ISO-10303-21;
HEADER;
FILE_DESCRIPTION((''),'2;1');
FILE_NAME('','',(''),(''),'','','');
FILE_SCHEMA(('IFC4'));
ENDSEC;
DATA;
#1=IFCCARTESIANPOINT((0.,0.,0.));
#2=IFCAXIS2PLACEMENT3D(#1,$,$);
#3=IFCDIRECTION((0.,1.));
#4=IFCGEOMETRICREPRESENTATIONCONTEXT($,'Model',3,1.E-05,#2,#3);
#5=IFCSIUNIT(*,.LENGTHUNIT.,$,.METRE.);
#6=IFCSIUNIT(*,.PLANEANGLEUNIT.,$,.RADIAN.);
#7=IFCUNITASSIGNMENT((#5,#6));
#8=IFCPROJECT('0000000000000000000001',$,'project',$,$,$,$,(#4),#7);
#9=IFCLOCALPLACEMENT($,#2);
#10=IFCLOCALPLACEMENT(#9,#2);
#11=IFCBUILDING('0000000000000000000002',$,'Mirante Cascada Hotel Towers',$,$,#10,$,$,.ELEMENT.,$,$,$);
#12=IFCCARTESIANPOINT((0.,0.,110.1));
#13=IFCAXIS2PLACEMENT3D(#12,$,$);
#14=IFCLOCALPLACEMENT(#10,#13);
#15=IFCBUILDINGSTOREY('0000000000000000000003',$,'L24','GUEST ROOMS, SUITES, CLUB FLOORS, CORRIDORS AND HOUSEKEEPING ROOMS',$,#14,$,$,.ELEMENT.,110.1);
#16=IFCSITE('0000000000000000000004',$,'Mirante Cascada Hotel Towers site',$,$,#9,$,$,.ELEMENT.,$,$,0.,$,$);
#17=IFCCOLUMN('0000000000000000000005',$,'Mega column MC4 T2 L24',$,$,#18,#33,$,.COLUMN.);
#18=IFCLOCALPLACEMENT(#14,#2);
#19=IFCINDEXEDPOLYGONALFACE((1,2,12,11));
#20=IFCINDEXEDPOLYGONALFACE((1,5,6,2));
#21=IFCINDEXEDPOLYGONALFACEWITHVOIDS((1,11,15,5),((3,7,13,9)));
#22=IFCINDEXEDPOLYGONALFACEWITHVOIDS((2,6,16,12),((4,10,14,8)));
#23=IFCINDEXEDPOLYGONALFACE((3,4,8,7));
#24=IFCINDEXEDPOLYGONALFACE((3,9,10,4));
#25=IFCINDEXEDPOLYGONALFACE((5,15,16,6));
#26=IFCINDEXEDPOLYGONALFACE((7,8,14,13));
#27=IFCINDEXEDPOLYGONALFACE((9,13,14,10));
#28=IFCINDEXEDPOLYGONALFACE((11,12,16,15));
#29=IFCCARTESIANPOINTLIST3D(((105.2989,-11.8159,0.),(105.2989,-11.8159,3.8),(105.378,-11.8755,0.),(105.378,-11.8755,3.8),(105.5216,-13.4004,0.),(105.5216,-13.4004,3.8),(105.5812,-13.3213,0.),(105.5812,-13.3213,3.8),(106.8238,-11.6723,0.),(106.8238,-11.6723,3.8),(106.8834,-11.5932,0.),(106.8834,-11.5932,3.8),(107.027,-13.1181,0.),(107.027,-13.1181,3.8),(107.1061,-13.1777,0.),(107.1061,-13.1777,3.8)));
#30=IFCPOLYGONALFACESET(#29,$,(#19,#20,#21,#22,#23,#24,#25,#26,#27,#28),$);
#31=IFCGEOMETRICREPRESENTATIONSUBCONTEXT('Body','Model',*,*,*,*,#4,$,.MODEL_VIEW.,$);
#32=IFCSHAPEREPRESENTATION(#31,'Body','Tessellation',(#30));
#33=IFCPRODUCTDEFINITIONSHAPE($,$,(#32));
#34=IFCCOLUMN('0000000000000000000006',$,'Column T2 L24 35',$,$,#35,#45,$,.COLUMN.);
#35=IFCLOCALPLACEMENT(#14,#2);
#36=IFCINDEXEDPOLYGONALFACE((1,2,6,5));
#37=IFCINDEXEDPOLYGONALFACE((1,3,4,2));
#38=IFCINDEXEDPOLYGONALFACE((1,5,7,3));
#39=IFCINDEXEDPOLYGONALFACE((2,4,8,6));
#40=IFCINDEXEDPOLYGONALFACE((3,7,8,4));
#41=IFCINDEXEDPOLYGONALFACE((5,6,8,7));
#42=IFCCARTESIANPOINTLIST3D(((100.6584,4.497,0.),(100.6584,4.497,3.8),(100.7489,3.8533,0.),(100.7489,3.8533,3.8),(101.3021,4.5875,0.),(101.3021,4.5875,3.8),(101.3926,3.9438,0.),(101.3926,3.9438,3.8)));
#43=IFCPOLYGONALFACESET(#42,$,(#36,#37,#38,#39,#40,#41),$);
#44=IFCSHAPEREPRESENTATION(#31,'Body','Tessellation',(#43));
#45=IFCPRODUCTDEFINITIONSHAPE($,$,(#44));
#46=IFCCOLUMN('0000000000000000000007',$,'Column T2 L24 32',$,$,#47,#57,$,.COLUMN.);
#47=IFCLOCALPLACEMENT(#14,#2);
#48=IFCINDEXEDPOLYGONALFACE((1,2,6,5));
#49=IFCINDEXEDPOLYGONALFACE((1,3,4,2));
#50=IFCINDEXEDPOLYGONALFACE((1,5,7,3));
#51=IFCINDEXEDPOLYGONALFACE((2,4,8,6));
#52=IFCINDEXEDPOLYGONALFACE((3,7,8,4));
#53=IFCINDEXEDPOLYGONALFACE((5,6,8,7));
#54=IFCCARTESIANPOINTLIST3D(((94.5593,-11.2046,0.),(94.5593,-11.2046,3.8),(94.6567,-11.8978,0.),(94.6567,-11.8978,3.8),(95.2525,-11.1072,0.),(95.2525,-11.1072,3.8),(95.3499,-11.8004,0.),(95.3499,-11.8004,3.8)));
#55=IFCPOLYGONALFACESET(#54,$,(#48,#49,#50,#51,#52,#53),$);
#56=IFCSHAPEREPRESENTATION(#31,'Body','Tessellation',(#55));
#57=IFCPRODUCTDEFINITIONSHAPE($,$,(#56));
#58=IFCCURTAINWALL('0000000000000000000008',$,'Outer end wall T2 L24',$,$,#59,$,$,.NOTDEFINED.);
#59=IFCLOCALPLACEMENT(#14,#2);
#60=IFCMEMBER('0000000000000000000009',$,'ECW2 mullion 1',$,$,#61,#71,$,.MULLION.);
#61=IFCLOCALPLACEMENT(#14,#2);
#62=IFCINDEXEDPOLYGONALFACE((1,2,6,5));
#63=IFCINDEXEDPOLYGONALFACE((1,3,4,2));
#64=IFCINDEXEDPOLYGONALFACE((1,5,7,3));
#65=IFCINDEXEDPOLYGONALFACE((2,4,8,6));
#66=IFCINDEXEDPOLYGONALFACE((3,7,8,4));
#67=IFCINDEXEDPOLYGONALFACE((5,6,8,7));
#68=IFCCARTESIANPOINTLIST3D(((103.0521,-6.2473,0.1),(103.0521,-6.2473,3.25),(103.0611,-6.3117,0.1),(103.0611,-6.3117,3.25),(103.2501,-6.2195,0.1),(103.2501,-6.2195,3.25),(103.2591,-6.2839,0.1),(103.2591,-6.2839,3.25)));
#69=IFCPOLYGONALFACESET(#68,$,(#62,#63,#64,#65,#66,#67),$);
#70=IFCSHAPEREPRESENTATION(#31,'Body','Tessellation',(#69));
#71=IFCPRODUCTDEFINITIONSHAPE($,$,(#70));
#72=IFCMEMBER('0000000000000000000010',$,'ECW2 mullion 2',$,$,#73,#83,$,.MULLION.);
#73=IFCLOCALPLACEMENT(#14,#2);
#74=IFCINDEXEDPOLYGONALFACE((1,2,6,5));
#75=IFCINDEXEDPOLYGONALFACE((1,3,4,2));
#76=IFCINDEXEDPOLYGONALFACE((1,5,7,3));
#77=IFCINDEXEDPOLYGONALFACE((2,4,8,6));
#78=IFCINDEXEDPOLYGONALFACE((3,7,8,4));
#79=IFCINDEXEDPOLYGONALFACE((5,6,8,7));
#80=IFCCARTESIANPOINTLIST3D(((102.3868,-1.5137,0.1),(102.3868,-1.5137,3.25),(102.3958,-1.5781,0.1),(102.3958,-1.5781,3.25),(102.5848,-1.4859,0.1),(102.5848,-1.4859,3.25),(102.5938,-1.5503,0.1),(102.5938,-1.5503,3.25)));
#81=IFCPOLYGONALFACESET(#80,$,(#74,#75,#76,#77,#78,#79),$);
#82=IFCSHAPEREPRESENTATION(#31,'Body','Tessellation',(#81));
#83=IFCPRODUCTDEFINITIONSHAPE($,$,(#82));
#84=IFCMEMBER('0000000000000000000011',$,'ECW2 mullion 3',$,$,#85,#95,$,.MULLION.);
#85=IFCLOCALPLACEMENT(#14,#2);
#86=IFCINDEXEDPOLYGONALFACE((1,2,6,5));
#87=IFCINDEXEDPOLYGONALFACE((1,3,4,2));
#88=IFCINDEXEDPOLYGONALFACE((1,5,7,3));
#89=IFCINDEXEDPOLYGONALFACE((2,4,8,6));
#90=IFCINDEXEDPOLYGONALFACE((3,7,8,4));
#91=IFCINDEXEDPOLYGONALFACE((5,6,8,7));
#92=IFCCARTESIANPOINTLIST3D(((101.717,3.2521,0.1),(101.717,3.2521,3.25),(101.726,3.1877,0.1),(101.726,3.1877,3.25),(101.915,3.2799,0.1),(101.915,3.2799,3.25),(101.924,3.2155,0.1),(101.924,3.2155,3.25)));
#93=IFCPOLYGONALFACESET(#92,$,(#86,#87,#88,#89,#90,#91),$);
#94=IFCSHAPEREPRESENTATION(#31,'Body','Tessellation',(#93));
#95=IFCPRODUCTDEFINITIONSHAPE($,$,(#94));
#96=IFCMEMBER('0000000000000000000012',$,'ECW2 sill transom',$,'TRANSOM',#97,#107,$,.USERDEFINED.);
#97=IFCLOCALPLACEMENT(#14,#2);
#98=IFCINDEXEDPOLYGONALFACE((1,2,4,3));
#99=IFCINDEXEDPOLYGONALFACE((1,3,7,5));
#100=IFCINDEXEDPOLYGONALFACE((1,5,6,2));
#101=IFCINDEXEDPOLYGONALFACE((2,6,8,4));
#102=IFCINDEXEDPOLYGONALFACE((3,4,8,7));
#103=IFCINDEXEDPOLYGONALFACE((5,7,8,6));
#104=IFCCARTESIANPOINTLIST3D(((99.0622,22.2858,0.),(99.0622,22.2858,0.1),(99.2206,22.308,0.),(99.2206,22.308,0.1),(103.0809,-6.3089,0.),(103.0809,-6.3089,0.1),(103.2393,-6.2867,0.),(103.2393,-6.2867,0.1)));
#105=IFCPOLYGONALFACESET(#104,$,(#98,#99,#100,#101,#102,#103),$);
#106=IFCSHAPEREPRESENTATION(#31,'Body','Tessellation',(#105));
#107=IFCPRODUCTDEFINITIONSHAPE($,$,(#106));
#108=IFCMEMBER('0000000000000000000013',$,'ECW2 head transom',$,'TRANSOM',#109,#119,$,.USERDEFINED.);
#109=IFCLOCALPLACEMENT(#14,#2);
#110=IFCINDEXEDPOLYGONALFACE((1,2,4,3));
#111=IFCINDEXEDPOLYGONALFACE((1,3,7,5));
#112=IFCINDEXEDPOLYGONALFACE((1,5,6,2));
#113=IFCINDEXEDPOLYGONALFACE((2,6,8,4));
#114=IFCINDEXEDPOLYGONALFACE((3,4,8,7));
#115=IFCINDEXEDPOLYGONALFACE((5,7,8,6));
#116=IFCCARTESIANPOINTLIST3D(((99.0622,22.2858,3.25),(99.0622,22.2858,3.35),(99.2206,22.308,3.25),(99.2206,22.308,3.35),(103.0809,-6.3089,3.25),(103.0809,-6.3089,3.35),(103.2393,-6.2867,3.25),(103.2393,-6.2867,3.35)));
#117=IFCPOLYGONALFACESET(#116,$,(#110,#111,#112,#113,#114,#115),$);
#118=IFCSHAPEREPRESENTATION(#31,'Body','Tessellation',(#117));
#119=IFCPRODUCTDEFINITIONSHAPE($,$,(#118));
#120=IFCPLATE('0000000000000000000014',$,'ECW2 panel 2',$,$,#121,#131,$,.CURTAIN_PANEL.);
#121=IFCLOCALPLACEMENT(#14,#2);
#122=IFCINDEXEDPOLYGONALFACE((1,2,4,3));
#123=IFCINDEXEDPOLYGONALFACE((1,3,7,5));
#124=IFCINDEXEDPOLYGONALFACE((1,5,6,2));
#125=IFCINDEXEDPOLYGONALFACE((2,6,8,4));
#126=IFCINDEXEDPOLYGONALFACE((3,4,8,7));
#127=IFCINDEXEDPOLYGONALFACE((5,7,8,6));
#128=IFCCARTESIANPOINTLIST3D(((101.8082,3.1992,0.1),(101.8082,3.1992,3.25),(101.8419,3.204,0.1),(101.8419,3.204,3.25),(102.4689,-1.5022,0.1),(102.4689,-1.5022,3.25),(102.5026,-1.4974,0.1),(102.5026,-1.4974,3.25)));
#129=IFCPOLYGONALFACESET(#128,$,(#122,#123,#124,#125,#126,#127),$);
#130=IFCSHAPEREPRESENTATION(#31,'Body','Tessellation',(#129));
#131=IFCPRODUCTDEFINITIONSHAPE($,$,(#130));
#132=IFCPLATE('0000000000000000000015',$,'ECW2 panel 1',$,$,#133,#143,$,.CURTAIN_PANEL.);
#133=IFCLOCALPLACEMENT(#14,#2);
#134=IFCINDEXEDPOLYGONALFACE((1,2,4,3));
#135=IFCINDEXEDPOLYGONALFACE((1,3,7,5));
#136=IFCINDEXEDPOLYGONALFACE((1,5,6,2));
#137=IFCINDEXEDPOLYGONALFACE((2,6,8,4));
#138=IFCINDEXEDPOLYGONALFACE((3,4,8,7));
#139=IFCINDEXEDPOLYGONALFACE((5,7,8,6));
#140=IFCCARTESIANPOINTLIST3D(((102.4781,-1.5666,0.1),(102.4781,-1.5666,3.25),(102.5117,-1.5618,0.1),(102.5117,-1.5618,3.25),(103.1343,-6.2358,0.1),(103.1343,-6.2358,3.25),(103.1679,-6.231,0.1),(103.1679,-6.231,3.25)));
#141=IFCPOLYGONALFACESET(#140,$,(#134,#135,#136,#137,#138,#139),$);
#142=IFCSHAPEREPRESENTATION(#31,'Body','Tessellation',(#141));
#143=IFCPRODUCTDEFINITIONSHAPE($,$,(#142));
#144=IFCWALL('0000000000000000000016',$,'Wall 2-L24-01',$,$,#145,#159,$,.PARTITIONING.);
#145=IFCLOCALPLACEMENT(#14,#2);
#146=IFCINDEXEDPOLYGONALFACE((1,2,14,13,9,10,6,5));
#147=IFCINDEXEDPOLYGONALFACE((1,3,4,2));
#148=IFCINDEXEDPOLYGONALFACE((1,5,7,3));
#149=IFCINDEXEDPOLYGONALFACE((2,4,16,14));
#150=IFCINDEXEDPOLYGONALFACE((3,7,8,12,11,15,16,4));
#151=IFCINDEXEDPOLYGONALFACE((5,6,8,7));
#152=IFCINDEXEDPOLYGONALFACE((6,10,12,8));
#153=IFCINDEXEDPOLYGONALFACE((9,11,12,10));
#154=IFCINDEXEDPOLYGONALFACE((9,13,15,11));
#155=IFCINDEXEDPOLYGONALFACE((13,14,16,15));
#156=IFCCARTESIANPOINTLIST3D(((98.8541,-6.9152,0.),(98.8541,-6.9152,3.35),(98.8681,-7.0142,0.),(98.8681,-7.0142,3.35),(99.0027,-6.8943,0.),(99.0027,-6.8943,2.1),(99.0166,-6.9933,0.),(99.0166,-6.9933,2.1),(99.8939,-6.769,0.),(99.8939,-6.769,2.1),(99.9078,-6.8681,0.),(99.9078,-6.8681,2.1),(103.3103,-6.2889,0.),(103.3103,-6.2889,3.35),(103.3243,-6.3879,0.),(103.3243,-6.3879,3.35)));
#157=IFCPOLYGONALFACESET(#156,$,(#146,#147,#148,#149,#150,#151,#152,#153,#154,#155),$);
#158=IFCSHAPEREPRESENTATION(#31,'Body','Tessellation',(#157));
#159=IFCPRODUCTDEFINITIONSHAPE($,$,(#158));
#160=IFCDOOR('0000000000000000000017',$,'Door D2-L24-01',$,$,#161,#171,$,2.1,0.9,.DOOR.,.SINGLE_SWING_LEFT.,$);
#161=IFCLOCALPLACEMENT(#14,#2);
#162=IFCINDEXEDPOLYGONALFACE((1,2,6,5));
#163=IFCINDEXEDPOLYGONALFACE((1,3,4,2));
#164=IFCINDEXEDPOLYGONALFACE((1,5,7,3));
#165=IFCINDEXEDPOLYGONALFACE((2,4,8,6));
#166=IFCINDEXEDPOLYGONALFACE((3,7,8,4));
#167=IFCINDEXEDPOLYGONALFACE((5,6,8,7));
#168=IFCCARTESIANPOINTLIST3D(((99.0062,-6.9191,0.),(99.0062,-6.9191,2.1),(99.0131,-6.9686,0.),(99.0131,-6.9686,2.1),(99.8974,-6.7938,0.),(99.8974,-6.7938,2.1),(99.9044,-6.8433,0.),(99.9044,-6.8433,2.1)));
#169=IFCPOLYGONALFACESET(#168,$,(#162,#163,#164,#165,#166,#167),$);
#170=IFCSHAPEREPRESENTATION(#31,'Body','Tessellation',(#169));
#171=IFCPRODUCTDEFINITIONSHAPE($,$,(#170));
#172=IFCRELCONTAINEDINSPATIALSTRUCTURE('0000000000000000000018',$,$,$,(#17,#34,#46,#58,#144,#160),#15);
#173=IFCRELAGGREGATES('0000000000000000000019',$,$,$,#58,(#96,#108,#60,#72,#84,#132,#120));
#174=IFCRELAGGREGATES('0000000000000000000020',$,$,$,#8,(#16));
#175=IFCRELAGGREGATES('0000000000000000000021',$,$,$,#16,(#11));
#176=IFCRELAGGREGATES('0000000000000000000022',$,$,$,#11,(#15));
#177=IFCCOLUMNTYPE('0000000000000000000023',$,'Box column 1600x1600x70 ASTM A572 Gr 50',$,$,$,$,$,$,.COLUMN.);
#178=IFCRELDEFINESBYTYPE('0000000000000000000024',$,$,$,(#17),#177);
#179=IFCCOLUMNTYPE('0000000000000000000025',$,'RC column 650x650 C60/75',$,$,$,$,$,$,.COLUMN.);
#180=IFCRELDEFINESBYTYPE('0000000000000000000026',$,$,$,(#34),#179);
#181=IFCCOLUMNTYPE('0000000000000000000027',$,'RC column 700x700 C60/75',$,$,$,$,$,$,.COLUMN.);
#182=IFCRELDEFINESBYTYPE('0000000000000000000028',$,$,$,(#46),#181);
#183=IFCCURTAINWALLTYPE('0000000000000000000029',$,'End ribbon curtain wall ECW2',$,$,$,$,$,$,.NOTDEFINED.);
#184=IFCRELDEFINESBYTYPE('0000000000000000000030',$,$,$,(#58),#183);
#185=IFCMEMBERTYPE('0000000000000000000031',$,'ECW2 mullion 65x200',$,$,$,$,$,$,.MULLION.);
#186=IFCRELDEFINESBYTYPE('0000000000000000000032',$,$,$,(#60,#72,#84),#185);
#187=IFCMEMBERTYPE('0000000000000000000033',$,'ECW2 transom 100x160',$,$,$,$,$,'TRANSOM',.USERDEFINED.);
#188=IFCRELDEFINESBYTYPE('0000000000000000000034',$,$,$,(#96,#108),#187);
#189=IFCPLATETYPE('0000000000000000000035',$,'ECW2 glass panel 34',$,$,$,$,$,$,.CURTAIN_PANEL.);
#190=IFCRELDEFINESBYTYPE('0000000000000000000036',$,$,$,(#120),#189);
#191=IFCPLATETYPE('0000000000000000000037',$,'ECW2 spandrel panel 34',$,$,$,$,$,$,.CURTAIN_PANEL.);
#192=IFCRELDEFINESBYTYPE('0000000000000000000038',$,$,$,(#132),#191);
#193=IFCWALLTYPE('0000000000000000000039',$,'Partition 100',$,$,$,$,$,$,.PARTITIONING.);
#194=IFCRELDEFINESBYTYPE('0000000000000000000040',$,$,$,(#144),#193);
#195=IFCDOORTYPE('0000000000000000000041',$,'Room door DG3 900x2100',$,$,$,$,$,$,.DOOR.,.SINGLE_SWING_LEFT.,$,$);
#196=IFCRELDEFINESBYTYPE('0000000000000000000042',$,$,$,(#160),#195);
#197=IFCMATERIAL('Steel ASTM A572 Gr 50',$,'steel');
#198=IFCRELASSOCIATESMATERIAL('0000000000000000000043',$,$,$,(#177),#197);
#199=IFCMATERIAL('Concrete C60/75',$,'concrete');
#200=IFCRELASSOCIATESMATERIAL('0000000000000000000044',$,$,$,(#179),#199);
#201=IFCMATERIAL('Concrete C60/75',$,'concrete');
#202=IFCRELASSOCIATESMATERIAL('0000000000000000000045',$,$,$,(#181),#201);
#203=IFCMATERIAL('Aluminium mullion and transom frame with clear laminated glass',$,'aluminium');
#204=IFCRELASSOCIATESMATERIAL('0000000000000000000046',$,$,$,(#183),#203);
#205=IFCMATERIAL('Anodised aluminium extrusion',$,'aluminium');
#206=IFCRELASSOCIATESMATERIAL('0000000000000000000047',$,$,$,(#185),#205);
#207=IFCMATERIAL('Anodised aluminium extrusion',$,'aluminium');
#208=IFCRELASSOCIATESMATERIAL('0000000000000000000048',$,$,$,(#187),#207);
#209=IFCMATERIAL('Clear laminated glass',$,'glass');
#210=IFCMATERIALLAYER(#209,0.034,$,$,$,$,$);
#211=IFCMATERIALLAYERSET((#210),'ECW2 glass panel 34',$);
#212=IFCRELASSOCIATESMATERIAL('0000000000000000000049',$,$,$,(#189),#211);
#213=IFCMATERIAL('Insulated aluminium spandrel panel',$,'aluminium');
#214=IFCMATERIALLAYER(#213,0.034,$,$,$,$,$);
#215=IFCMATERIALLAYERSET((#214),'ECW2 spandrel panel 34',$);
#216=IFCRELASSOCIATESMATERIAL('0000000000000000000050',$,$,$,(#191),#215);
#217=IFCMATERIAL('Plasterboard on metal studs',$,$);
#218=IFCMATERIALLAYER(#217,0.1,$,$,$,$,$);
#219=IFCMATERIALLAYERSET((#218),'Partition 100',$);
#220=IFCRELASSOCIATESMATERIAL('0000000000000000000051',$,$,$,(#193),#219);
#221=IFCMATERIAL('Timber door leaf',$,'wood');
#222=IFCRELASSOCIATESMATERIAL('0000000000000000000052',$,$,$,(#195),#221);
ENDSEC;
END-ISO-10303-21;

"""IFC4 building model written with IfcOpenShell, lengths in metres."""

from ifc_helpers import new_model, si_unit, direction, frame, frame_2d, origin, origin_2d, place, context, subcontext, project, spatial, rectangle, hollow_rectangle, extrude, material, layer, layer_set, material_profile, profile_set, type_object, element, fill, aggregate, save


model = new_model("IFC4")

# Units and contexts
model_context = context("Model", 3, precision=1e-05, world=origin(), true_north=direction((0.0, 1.0)))
body_context = subcontext(model_context, "Body", "Model", "MODEL_VIEW")
ifc_project = project(units=[si_unit("LENGTHUNIT", "METRE"), si_unit("PLANEANGLEUNIT", "RADIAN")], contexts=[model_context])

# Site, building, storey
site_placement = place(None, origin())
site = spatial("IfcSite", under=ifc_project, at=site_placement, Name="Mirante Cascada Hotel Towers site", CompositionType="ELEMENT", RefElevation=0.0)
building_placement = place(site_placement, origin())
building = spatial("IfcBuilding", under=site, at=building_placement, Name="Mirante Cascada Hotel Towers", CompositionType="ELEMENT")
storey_placement = place(building_placement, frame((0.0, 0.0, 110.1)))
storey = spatial("IfcBuildingStorey", under=building, at=storey_placement, Name="L24", Description="GUEST ROOMS, SUITES, CLUB FLOORS, CORRIDORS AND HOUSEKEEPING ROOMS", CompositionType="ELEMENT", Elevation=110.1)

# Columns
ifc_material_1 = material(Name="Steel ASTM A572 Gr 50", Category="steel")
ifc_material_profile_1 = material_profile(ifc_material_1, hollow_rectangle(XDim=1.6, YDim=1.6, WallThickness=0.07, at=origin_2d()), Name="Box column 1600x1600x70 ASTM A572 Gr 50")
ifc_profile_set_1 = profile_set([ifc_material_profile_1], Name="Steel ASTM A572 Gr 50")
column_type_1 = type_object("IfcColumnType", Name="Box column 1600x1600x70 ASTM A572 Gr 50", PredefinedType="COLUMN", material=ifc_profile_set_1)
column_1_placement = place(storey_placement, frame((106.2025, -12.4968, 0.0), z_axis=(0.0, 0.0, 1.0), x_axis=(0.990268, 0.139173, 0.0)))
element("IfcColumn", 1, at=column_1_placement, inside=storey, type_object=column_type_1, Name="Mega column MC4 T2 L24", PredefinedType="COLUMN", context=body_context, shape_type="SweptSolid", body=[
    extrude(hollow_rectangle(XDim=1.6, YDim=1.6, WallThickness=0.07, at=origin_2d()), origin(), (0.0, 0.0, 1.0), 3.8),
])
ifc_material_2 = material(Name="Concrete C60/75", Category="concrete")
ifc_material_profile_2 = material_profile(ifc_material_2, rectangle(XDim=0.65, YDim=0.65, at=origin_2d()), Name="RC column 650x650 C60/75")
ifc_profile_set_2 = profile_set([ifc_material_profile_2], Name="Concrete C60/75")
column_type_2 = type_object("IfcColumnType", Name="RC column 650x650 C60/75", PredefinedType="COLUMN", material=ifc_profile_set_2)
column_2_placement = place(storey_placement, frame((101.0255, 4.2204, 0.0), z_axis=(0.0, 0.0, 1.0), x_axis=(0.990268, 0.139173, 0.0)))
element("IfcColumn", 2, at=column_2_placement, inside=storey, type_object=column_type_2, Name="Column T2 L24 35", PredefinedType="COLUMN", context=body_context, shape_type="SweptSolid", body=[
    extrude(rectangle(XDim=0.65, YDim=0.65, at=origin_2d()), origin(), (0.0, 0.0, 1.0), 3.8),
])
ifc_material_3 = material(Name="Concrete C60/75", Category="concrete")
ifc_material_profile_3 = material_profile(ifc_material_3, rectangle(XDim=0.7, YDim=0.7, at=origin_2d()), Name="RC column 700x700 C60/75")
ifc_profile_set_3 = profile_set([ifc_material_profile_3], Name="Concrete C60/75")
column_type_3 = type_object("IfcColumnType", Name="RC column 700x700 C60/75", PredefinedType="COLUMN", material=ifc_profile_set_3)
column_3_placement = place(storey_placement, frame((94.9546, -11.5025, 0.0), z_axis=(0.0, 0.0, 1.0), x_axis=(0.990268, 0.139173, 0.0)))
element("IfcColumn", 3, at=column_3_placement, inside=storey, type_object=column_type_3, Name="Column T2 L24 32", PredefinedType="COLUMN", context=body_context, shape_type="SweptSolid", body=[
    extrude(rectangle(XDim=0.7, YDim=0.7, at=origin_2d()), origin(), (0.0, 0.0, 1.0), 3.8),
])

# Curtain wall, members, plates
ifc_material_4 = material(Name="Aluminium mullion and transom frame with clear laminated glass", Category="aluminium")
curtain_wall_type = type_object("IfcCurtainWallType", Name="End ribbon curtain wall ECW2", PredefinedType="NOTDEFINED", material=ifc_material_4)
curtain_wall_placement = place(storey_placement, origin())
curtain_wall = element("IfcCurtainWall", 4, at=curtain_wall_placement, inside=storey, type_object=curtain_wall_type, Name="Outer end wall T2 L24", PredefinedType="NOTDEFINED")
ifc_material_5 = material(Name="Anodised aluminium extrusion", Category="aluminium")
ifc_material_profile_4 = material_profile(ifc_material_5, rectangle(XDim=0.2, YDim=0.065, at=origin_2d()), Name="ECW2 MULLION 65x200")
ifc_profile_set_4 = profile_set([ifc_material_profile_4], Name="Anodised aluminium extrusion")
member_type_1 = type_object("IfcMemberType", Name="ECW2 mullion 65x200", PredefinedType="MULLION", material=ifc_profile_set_4)
member_1_placement = place(storey_placement, frame((103.1556, -6.2656, 0.1), z_axis=(0.0, 0.0, 1.0), x_axis=(-0.990268, -0.139173, 0.0)))
member_1 = element("IfcMember", 5, at=member_1_placement, type_object=member_type_1, Name="ECW2 mullion 1", PredefinedType="MULLION", context=body_context, shape_type="SweptSolid", body=[
    extrude(rectangle(XDim=0.2, YDim=0.065, at=origin_2d()), origin(), (0.0, 0.0, 1.0), 3.15),
])
member_2_placement = place(storey_placement, frame((102.4903, -1.532, 0.1), z_axis=(0.0, 0.0, 1.0), x_axis=(-0.990268, -0.139173, 0.0)))
member_2 = element("IfcMember", 6, at=member_2_placement, type_object=member_type_1, Name="ECW2 mullion 2", PredefinedType="MULLION", context=body_context, shape_type="SweptSolid", body=[
    extrude(rectangle(XDim=0.2, YDim=0.065, at=origin_2d()), origin(), (0.0, 0.0, 1.0), 3.15),
])
member_3_placement = place(storey_placement, frame((101.8205, 3.2338, 0.1), z_axis=(0.0, 0.0, 1.0), x_axis=(-0.990268, -0.139173, 0.0)))
member_3 = element("IfcMember", 7, at=member_3_placement, type_object=member_type_1, Name="ECW2 mullion 3", PredefinedType="MULLION", context=body_context, shape_type="SweptSolid", body=[
    extrude(rectangle(XDim=0.2, YDim=0.065, at=origin_2d()), origin(), (0.0, 0.0, 1.0), 3.15),
])
ifc_material_6 = material(Name="Anodised aluminium extrusion", Category="aluminium")
ifc_material_profile_5 = material_profile(ifc_material_6, rectangle(XDim=0.16, YDim=0.1, at=origin_2d()), Name="ECW2 TRANSOM 100x160")
ifc_profile_set_5 = profile_set([ifc_material_profile_5], Name="Anodised aluminium extrusion")
member_type_2 = type_object("IfcMemberType", Name="ECW2 transom 100x160", ElementType="TRANSOM", PredefinedType="USERDEFINED", material=ifc_profile_set_5)
member_4_placement = place(storey_placement, frame((103.1601, -6.2978, 0.05), z_axis=(-0.139172, 0.990268, 0.0), x_axis=(-0.990268, -0.139172, 0.0)))
member_4 = element("IfcMember", 8, at=member_4_placement, type_object=member_type_2, Name="ECW2 sill transom", ObjectType="TRANSOM", PredefinedType="USERDEFINED", context=body_context, shape_type="SweptSolid", body=[
    extrude(rectangle(XDim=0.16, YDim=0.1, at=origin_2d()), origin(), (0.0, 0.0, 1.0), 28.8757),
])
member_5_placement = place(storey_placement, frame((103.1601, -6.2978, 3.3), z_axis=(-0.139172, 0.990268, 0.0), x_axis=(-0.990268, -0.139172, 0.0)))
member_5 = element("IfcMember", 9, at=member_5_placement, type_object=member_type_2, Name="ECW2 head transom", ObjectType="TRANSOM", PredefinedType="USERDEFINED", context=body_context, shape_type="SweptSolid", body=[
    extrude(rectangle(XDim=0.16, YDim=0.1, at=origin_2d()), origin(), (0.0, 0.0, 1.0), 28.8757),
])
ifc_material_7 = material(Name="Clear laminated glass", Category="glass")
ifc_layer_1 = layer(ifc_material_7, 0.034)
ifc_layer_set_1 = layer_set([ifc_layer_1], Name="ECW2 glass panel 34")
plate_type_1 = type_object("IfcPlateType", Name="ECW2 glass panel 34", PredefinedType="CURTAIN_PANEL", material=ifc_layer_set_1)
plate_1_placement = place(storey_placement, frame((102.1554, 0.8509, 0.1), z_axis=(0.0, 0.0, 1.0), x_axis=(-0.139173, 0.990268, 0.0)))
plate_1 = element("IfcPlate", 10, at=plate_1_placement, type_object=plate_type_1, Name="ECW2 panel 2", PredefinedType="CURTAIN_PANEL", context=body_context, shape_type="SweptSolid", body=[
    extrude(rectangle(XDim=4.7476, YDim=0.034, at=origin_2d()), origin(), (0.0, 0.0, 1.0), 3.15),
])
ifc_material_8 = material(Name="Insulated aluminium spandrel panel", Category="aluminium")
ifc_layer_2 = layer(ifc_material_8, 0.034)
ifc_layer_set_2 = layer_set([ifc_layer_2], Name="ECW2 spandrel panel 34")
plate_type_2 = type_object("IfcPlateType", Name="ECW2 spandrel panel 34", PredefinedType="CURTAIN_PANEL", material=ifc_layer_set_2)
plate_2_placement = place(storey_placement, frame((102.823, -3.8988, 0.1), z_axis=(0.0, 0.0, 1.0), x_axis=(-0.139173, 0.990268, 0.0)))
plate_2 = element("IfcPlate", 11, at=plate_2_placement, type_object=plate_type_2, Name="ECW2 panel 1", PredefinedType="CURTAIN_PANEL", context=body_context, shape_type="SweptSolid", body=[
    extrude(rectangle(XDim=4.7151, YDim=0.034, at=origin_2d()), origin(), (0.0, 0.0, 1.0), 3.15),
])
aggregate(curtain_wall, [member_4, member_5, member_1, member_2, member_3, plate_2, plate_1])

# Wall, opening, door
ifc_material_9 = material(Name="Plasterboard on metal studs")
ifc_layer_3 = layer(ifc_material_9, 0.1)
ifc_layer_set_3 = layer_set([ifc_layer_3], Name="Partition 100")
wall_type_1 = type_object("IfcWallType", Name="Partition 100", PredefinedType="PARTITIONING", material=ifc_layer_set_3)
wall_1_placement = place(storey_placement, frame((98.8611, -6.9647, 0.0), z_axis=(0.0, 0.0, 1.0), x_axis=(0.990267, 0.139178, 0.0)))
wall_1 = element("IfcWall", 12, at=wall_1_placement, inside=storey, type_object=wall_type_1, Name="Wall 2-L24-01", PredefinedType="PARTITIONING", context=body_context, shape_type="SweptSolid", body=[
    extrude(rectangle(XDim=4.5, YDim=0.1, at=frame_2d((2.25, 0.0))), origin(), (0.0, 0.0, 1.0), 3.35),
])
opening_1_placement = place(wall_1_placement, frame((0.15, 0.0, 0.0)))
opening_1 = element("IfcOpeningElement", 13, at=opening_1_placement, cuts=wall_1, PredefinedType="OPENING", context=body_context, shape_type="SweptSolid", body=[
    extrude(rectangle(XDim=0.9, YDim=2.1, at=frame_2d((0.45, 1.05))), frame((0.0, 0.05, 0.0), z_axis=(0.0, -1.0, 0.0), x_axis=(1.0, 0.0, 0.0)), (0.0, 0.0, 1.0), 0.1),
])
ifc_material_10 = material(Name="Timber door leaf", Category="wood")
door_type_1 = type_object("IfcDoorType", Name="Room door DG3 900x2100", OperationType="SINGLE_SWING_LEFT", PredefinedType="DOOR", material=ifc_material_10)
door_1_placement = place(opening_1_placement, origin())
door_1 = element("IfcDoor", 14, at=door_1_placement, inside=storey, type_object=door_type_1, Name="Door D2-L24-01", OperationType="SINGLE_SWING_LEFT", OverallHeight=2.1, OverallWidth=0.9, PredefinedType="DOOR", context=body_context, shape_type="SweptSolid", body=[
    extrude(rectangle(XDim=0.9, YDim=2.1, at=frame_2d((0.45, 1.05))), frame((0.0, 0.025, 0.0), z_axis=(0.0, -1.0, 0.0), x_axis=(1.0, 0.0, 0.0)), (0.0, 0.0, 1.0), 0.05),
])
fill(opening_1, door_1)

save(model, "model.ifc")
